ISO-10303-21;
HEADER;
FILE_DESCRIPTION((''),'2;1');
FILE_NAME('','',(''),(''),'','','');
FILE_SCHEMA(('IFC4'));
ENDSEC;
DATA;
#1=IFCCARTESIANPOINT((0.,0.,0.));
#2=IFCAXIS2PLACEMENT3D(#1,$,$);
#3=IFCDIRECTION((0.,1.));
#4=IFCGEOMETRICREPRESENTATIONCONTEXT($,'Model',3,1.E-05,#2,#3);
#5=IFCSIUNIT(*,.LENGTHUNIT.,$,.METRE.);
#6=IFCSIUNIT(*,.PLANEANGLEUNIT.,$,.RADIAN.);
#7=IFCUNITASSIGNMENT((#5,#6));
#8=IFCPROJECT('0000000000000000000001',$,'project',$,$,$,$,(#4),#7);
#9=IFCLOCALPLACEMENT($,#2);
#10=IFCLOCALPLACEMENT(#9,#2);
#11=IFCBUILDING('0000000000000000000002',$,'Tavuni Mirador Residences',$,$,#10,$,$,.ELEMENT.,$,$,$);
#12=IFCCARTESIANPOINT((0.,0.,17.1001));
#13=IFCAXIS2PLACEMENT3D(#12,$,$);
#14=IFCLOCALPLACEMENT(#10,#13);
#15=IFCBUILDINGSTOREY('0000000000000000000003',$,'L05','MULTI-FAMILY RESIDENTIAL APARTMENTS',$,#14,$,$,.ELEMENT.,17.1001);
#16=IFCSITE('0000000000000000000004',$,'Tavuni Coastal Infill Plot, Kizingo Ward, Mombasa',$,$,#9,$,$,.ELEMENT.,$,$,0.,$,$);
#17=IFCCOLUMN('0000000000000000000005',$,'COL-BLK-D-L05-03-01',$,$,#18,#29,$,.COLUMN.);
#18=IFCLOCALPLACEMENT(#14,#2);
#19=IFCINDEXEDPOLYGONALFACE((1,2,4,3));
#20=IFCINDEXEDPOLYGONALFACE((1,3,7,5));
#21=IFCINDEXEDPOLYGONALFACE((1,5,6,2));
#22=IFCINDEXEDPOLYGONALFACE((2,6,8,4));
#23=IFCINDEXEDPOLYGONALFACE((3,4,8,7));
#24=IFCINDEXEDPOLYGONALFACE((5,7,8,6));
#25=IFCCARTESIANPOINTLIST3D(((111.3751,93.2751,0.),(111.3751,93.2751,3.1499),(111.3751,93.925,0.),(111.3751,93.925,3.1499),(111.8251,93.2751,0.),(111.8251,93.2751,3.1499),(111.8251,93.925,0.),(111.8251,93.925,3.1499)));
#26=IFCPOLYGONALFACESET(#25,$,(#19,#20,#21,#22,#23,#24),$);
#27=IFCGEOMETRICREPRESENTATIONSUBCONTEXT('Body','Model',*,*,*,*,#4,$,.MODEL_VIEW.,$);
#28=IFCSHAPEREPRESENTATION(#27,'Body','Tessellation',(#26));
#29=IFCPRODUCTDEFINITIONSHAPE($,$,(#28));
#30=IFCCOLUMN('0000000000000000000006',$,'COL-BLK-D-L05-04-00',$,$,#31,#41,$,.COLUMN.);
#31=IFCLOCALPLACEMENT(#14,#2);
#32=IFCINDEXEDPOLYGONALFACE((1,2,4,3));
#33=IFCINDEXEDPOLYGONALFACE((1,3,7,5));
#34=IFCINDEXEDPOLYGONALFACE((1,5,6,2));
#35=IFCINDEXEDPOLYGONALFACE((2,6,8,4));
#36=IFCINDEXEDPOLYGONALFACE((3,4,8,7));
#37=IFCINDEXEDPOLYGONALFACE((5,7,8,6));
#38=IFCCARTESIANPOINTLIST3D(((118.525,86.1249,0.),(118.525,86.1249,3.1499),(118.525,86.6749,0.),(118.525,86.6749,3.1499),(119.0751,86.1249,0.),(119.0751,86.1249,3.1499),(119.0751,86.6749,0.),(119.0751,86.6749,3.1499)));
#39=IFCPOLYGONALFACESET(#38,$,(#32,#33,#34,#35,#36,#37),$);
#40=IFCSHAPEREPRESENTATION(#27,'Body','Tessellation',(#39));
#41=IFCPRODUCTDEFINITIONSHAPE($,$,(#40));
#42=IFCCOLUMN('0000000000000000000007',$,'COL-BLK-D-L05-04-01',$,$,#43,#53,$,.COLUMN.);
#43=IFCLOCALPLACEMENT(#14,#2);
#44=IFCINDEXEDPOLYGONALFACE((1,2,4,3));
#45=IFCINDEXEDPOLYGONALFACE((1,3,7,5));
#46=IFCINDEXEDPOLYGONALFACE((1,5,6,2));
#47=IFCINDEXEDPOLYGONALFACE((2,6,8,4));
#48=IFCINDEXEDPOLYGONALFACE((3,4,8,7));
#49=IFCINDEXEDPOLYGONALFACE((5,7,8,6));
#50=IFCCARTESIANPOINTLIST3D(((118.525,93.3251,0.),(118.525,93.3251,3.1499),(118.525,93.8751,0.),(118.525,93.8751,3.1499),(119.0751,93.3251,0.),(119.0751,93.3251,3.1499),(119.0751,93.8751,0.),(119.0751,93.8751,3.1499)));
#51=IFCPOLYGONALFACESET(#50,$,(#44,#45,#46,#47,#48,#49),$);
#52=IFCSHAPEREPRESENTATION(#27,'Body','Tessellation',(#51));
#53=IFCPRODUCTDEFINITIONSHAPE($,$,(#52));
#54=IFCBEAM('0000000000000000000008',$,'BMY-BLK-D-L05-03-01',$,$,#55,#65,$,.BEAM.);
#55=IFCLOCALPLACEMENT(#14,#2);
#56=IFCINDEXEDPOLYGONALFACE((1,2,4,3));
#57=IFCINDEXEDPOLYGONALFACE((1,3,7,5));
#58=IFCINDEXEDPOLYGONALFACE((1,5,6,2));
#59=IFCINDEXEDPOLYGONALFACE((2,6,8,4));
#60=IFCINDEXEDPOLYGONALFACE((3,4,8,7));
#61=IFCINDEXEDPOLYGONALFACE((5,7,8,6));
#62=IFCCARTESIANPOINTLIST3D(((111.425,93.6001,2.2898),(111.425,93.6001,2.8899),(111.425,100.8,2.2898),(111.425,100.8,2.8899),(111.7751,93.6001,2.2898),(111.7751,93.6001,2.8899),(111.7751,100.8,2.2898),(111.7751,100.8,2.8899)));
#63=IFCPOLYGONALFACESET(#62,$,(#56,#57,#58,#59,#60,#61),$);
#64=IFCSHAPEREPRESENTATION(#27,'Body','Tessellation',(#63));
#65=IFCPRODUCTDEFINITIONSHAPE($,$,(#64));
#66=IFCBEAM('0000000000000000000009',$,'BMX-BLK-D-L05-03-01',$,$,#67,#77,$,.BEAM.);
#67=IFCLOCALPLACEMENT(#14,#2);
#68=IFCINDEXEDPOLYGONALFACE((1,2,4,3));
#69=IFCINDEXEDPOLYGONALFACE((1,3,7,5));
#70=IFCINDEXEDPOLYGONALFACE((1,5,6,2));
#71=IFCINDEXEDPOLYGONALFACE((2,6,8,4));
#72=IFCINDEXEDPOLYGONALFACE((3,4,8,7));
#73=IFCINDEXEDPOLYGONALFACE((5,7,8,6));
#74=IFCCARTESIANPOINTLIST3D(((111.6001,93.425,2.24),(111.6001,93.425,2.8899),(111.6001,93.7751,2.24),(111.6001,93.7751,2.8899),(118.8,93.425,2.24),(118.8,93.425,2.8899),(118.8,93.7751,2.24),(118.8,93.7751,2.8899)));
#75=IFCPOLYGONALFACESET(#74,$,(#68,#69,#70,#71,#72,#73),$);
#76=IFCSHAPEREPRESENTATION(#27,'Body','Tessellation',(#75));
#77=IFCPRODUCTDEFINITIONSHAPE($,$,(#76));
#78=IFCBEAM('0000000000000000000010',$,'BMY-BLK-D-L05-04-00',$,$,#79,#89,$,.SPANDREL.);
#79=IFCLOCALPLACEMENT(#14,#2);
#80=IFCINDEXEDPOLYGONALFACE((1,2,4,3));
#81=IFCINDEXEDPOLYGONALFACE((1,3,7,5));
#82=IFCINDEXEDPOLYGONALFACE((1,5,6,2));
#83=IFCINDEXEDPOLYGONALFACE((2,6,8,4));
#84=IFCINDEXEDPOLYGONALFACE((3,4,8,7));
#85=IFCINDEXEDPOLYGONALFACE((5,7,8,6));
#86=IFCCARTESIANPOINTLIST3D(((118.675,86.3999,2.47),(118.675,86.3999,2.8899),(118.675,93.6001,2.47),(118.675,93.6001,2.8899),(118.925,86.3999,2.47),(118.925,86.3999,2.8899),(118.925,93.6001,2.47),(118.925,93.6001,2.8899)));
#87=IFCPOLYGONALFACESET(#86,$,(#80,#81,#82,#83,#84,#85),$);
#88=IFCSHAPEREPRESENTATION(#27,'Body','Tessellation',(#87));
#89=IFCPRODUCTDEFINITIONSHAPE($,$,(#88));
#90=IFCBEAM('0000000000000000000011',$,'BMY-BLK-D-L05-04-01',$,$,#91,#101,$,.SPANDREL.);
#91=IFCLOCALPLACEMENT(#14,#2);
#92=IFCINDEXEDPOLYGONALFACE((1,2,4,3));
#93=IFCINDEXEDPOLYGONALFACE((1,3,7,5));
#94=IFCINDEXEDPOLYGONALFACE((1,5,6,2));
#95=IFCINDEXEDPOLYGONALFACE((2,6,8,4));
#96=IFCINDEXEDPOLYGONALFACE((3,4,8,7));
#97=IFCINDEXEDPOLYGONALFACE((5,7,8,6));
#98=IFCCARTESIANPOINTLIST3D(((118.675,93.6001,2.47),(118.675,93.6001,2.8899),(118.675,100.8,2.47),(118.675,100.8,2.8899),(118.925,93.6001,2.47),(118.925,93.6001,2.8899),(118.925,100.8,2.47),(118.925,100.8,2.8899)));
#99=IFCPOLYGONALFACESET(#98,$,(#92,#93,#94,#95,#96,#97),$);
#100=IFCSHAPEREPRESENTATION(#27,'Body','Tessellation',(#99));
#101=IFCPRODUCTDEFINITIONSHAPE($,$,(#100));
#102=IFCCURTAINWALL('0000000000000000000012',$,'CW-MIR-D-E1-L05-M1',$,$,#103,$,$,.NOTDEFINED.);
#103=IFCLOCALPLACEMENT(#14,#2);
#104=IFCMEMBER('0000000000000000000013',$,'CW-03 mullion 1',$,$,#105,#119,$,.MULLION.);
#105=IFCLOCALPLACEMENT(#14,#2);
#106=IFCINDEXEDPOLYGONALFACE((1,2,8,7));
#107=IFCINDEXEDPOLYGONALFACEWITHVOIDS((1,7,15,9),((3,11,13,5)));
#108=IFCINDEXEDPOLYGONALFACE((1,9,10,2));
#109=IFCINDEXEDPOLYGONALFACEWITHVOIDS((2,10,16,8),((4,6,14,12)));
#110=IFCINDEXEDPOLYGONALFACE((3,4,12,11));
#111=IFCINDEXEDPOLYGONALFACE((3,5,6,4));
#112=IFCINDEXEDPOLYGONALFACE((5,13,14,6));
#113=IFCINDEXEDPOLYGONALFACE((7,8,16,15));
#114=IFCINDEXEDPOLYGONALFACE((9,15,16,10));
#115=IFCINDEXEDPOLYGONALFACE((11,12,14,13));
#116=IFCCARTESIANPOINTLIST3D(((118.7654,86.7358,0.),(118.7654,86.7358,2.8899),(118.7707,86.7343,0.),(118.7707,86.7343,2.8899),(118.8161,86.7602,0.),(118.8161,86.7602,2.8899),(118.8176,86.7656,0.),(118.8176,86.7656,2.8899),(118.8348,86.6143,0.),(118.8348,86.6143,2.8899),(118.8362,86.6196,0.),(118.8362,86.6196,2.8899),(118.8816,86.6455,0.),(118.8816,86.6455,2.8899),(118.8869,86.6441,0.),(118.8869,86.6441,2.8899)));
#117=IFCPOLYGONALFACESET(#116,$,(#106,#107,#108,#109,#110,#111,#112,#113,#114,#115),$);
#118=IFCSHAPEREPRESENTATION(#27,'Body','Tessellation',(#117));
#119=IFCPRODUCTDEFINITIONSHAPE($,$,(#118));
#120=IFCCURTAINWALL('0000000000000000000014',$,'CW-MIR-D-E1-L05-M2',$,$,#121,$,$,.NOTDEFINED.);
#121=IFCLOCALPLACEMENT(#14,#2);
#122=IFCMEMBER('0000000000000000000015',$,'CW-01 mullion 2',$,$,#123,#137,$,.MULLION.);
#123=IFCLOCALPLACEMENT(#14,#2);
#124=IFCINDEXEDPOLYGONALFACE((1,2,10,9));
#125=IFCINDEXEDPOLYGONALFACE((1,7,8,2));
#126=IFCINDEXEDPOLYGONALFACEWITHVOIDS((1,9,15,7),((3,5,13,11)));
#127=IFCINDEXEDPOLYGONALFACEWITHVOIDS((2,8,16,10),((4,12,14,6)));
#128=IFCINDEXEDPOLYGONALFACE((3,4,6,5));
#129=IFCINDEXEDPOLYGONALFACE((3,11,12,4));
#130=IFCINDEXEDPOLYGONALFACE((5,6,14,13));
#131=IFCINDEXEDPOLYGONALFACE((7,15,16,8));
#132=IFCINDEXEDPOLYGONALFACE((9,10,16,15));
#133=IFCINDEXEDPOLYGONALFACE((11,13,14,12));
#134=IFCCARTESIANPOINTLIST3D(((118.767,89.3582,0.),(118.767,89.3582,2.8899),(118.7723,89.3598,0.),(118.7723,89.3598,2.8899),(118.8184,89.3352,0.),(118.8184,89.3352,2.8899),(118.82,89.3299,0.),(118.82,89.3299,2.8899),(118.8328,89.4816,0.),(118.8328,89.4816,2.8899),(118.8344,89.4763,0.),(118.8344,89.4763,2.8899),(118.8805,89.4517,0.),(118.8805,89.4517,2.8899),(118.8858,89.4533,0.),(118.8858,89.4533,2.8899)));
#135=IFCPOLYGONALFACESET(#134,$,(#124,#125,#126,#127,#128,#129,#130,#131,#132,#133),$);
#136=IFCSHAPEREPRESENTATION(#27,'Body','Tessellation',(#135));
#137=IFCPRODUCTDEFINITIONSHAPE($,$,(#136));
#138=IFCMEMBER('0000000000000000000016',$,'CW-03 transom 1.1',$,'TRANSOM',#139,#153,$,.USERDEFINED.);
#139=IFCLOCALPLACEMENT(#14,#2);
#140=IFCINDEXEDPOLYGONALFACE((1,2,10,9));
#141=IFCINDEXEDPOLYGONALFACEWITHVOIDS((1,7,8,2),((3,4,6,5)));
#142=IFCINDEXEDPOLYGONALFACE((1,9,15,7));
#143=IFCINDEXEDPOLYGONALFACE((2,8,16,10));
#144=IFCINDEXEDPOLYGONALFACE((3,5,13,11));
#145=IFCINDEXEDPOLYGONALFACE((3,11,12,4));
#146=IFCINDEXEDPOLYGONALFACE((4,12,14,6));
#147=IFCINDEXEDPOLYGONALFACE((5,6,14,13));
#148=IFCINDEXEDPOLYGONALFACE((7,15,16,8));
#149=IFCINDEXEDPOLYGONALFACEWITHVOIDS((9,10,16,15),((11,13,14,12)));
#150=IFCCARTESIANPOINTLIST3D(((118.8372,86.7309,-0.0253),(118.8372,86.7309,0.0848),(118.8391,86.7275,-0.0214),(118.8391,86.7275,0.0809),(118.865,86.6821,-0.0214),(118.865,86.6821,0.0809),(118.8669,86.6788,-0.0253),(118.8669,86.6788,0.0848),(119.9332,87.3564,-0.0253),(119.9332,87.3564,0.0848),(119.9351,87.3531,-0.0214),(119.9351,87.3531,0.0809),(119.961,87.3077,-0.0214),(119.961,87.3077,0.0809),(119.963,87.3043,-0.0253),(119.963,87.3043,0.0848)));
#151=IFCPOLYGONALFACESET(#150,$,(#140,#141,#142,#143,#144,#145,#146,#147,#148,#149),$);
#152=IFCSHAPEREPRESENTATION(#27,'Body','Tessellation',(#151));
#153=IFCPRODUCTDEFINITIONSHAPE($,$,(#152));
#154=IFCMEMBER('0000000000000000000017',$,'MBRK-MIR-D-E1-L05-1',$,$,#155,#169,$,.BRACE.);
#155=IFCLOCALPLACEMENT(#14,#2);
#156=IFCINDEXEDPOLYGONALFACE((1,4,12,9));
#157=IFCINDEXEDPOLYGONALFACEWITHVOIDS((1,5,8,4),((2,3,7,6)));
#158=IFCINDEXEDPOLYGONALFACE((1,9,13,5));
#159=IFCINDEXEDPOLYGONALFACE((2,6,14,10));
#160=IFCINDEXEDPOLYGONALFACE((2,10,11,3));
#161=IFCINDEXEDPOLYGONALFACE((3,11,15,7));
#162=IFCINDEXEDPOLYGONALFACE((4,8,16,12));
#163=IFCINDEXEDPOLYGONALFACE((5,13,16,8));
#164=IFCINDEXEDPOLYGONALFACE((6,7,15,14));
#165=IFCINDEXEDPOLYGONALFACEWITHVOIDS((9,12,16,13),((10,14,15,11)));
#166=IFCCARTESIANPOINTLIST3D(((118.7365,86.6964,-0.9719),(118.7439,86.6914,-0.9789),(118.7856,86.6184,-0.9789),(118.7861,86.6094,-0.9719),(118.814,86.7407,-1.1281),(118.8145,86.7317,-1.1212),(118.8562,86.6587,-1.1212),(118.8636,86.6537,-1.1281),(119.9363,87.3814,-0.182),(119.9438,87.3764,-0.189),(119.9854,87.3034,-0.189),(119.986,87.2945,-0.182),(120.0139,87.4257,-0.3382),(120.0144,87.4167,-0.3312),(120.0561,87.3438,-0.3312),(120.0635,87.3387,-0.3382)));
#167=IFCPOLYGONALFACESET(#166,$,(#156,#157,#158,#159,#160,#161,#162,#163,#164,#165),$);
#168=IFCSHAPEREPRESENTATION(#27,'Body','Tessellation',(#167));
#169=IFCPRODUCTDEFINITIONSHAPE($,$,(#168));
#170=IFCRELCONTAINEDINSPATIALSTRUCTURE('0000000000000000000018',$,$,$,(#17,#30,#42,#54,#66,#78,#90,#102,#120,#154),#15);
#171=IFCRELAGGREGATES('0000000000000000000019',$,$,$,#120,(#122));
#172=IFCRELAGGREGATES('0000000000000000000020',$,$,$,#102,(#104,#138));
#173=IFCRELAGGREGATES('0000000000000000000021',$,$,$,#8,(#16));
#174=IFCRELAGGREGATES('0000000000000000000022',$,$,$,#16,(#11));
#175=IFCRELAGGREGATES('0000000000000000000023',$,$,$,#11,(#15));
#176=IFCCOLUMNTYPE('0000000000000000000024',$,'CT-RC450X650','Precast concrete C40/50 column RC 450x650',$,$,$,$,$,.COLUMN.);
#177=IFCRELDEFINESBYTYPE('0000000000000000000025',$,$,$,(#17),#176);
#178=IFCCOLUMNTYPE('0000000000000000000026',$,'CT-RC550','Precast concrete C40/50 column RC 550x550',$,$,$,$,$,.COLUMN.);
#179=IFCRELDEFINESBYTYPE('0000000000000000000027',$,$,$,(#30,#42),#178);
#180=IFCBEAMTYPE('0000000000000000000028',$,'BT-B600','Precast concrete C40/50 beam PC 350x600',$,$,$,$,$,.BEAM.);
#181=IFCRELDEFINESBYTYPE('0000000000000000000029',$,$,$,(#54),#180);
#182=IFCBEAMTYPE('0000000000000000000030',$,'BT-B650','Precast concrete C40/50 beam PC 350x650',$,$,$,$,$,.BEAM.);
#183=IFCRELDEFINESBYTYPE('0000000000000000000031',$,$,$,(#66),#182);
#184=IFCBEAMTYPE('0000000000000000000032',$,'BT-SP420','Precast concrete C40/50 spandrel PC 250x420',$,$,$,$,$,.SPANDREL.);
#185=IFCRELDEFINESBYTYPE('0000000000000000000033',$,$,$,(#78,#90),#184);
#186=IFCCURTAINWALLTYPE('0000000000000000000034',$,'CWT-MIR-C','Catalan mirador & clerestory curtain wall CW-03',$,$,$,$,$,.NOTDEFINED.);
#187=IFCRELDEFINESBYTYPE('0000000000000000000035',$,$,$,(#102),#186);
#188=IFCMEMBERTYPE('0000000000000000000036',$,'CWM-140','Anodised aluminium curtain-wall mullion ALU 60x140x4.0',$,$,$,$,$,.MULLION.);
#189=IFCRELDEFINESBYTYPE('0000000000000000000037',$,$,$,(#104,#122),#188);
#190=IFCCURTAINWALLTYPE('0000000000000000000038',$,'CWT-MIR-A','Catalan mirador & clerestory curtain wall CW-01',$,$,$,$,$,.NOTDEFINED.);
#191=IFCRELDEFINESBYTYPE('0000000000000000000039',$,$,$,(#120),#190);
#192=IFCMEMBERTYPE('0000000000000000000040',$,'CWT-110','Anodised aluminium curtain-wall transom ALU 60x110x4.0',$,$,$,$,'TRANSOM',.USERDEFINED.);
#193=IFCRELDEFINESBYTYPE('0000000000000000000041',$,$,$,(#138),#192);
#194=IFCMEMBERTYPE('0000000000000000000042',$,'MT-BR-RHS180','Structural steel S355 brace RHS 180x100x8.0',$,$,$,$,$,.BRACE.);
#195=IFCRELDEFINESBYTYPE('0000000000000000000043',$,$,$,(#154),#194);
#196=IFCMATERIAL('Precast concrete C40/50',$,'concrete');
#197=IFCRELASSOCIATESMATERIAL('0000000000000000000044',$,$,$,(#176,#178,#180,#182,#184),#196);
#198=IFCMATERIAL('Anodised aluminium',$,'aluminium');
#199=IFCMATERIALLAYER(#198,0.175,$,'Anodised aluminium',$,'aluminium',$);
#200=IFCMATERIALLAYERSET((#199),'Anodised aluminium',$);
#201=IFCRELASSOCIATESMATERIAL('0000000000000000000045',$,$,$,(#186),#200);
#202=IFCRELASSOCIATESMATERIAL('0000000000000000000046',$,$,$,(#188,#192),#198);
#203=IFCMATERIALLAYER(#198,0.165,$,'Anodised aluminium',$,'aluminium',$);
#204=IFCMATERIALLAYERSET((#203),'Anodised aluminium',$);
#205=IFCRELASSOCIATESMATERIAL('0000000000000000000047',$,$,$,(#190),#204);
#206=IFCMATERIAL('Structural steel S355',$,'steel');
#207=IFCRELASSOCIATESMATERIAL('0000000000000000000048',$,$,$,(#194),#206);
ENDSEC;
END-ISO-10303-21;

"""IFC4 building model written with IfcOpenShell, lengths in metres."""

from ifc_helpers import new_model, si_unit, direction, frame, origin, origin_2d, place, context, subcontext, project, spatial, rectangle, hollow_rectangle, extrude, material, layer, layer_set, material_profile, profile_set, type_object, element, aggregate, save


model = new_model("IFC4")

# Units and contexts
model_context = context("Model", 3, precision=1e-05, world=origin(), true_north=direction((0.0, 1.0)))
body_context = subcontext(model_context, "Body", "Model", "MODEL_VIEW")
ifc_project = project(units=[si_unit("LENGTHUNIT", "METRE"), si_unit("PLANEANGLEUNIT", "RADIAN")], contexts=[model_context])

# Site, building, storey
site_placement = place(None, origin())
site = spatial("IfcSite", under=ifc_project, at=site_placement, Name="Tavuni Coastal Infill Plot, Kizingo Ward, Mombasa", CompositionType="ELEMENT", RefElevation=0.0)
building_placement = place(site_placement, origin())
building = spatial("IfcBuilding", under=site, at=building_placement, Name="Tavuni Mirador Residences", CompositionType="ELEMENT")
storey_placement = place(building_placement, frame((0.0, 0.0, 17.1001)))
storey = spatial("IfcBuildingStorey", under=building, at=storey_placement, Name="L05", Description="MULTI-FAMILY RESIDENTIAL APARTMENTS", CompositionType="ELEMENT", Elevation=17.1001)

# Columns
ifc_material_1 = material(Name="Precast concrete C40/50", Category="concrete")
ifc_material_profile_1 = material_profile(ifc_material_1, rectangle(XDim=0.45, YDim=0.6499, at=origin_2d()), Name="RC 450x650", Category="concrete")
ifc_profile_set_1 = profile_set([ifc_material_profile_1], Name="Precast concrete C40/50")
column_type_1 = type_object("IfcColumnType", Name="CT-RC450X650", Description="Precast concrete C40/50 column RC 450x650", PredefinedType="COLUMN", material=ifc_profile_set_1)
column_placement = place(storey_placement, frame((111.6001, 93.6001, 0.0), z_axis=(0.0, 0.0, 1.0), x_axis=(1.0, 0.0, 0.0)))
element("IfcColumn", 1, at=column_placement, inside=storey, type_object=column_type_1, Name="COL-BLK-D-L05-03-01", PredefinedType="COLUMN", context=body_context, shape_type="SweptSolid", body=[
    extrude(rectangle(XDim=0.45, YDim=0.6499, at=origin_2d()), origin(), (0.0, 0.0, 1.0), 3.1499),
])
ifc_material_profile_2 = material_profile(ifc_material_1, rectangle(XDim=0.55, YDim=0.55, at=origin_2d()), Name="RC 550x550", Category="concrete")
ifc_profile_set_2 = profile_set([ifc_material_profile_2], Name="Precast concrete C40/50")
column_type_2 = type_object("IfcColumnType", Name="CT-RC550", Description="Precast concrete C40/50 column RC 550x550", PredefinedType="COLUMN", material=ifc_profile_set_2)
for number, where, z_axis, x_axis, name in (
    (2, (118.8, 86.3999, 0.0), (0.0, 0.0, 1.0), (1.0, 0.0, 0.0), "COL-BLK-D-L05-04-00"),
    (3, (118.8, 93.6001, 0.0), (0.0, 0.0, 1.0), (1.0, 0.0, 0.0), "COL-BLK-D-L05-04-01"),
):
    element("IfcColumn", number, at=place(storey_placement, frame(where, z_axis=z_axis, x_axis=x_axis)), inside=storey, type_object=column_type_2, Name=name, PredefinedType="COLUMN", context=body_context, shape_type="SweptSolid", body=[
        extrude(rectangle(XDim=0.55, YDim=0.55, at=origin_2d()), origin(), (0.0, 0.0, 1.0), 3.1499),
    ])

# Beams
ifc_material_profile_3 = material_profile(ifc_material_1, rectangle(XDim=0.3501, YDim=0.6001, at=origin_2d()), Name="PC 350x600", Category="concrete")
ifc_profile_set_3 = profile_set([ifc_material_profile_3], Name="Precast concrete C40/50")
beam_type_1 = type_object("IfcBeamType", Name="BT-B600", Description="Precast concrete C40/50 beam PC 350x600", PredefinedType="BEAM", material=ifc_profile_set_3)
beam_1_placement = place(storey_placement, frame((111.6001, 93.6001, 2.5898), z_axis=(0.0, 1.0, 0.0), x_axis=(-1.0, 0.0, 0.0)))
element("IfcBeam", 4, at=beam_1_placement, inside=storey, type_object=beam_type_1, Name="BMY-BLK-D-L05-03-01", PredefinedType="BEAM", context=body_context, shape_type="SweptSolid", body=[
    extrude(rectangle(XDim=0.3501, YDim=0.6001, at=origin_2d()), origin(), (0.0, 0.0, 1.0), 7.2),
])
ifc_material_profile_4 = material_profile(ifc_material_1, rectangle(XDim=0.3501, YDim=0.6499, at=origin_2d()), Name="PC 350x650", Category="concrete")
ifc_profile_set_4 = profile_set([ifc_material_profile_4], Name="Precast concrete C40/50")
beam_type_2 = type_object("IfcBeamType", Name="BT-B650", Description="Precast concrete C40/50 beam PC 350x650", PredefinedType="BEAM", material=ifc_profile_set_4)
beam_2_placement = place(storey_placement, frame((111.6001, 93.6001, 2.5649), z_axis=(1.0, 0.0, 0.0), x_axis=(0.0, 1.0, 0.0)))
element("IfcBeam", 5, at=beam_2_placement, inside=storey, type_object=beam_type_2, Name="BMX-BLK-D-L05-03-01", PredefinedType="BEAM", context=body_context, shape_type="SweptSolid", body=[
    extrude(rectangle(XDim=0.3501, YDim=0.6499, at=origin_2d()), origin(), (0.0, 0.0, 1.0), 7.2),
])
ifc_material_profile_5 = material_profile(ifc_material_1, rectangle(XDim=0.25, YDim=0.4199, at=origin_2d()), Name="PC 250x420", Category="concrete")
ifc_profile_set_5 = profile_set([ifc_material_profile_5], Name="Precast concrete C40/50")
beam_type_3 = type_object("IfcBeamType", Name="BT-SP420", Description="Precast concrete C40/50 spandrel PC 250x420", PredefinedType="SPANDREL", material=ifc_profile_set_5)
beam_3_placement = place(storey_placement, frame((118.8, 86.3999, 2.6799), z_axis=(0.0, 1.0, 0.0), x_axis=(-1.0, 0.0, 0.0)))
element("IfcBeam", 6, at=beam_3_placement, inside=storey, type_object=beam_type_3, Name="BMY-BLK-D-L05-04-00", PredefinedType="SPANDREL", context=body_context, shape_type="SweptSolid", body=[
    extrude(rectangle(XDim=0.25, YDim=0.4199, at=origin_2d()), origin(), (0.0, 0.0, 1.0), 7.2002),
])
beam_4_placement = place(storey_placement, frame((118.8, 93.6001, 2.6799), z_axis=(0.0, 1.0, 0.0), x_axis=(-1.0, 0.0, 0.0)))
element("IfcBeam", 7, at=beam_4_placement, inside=storey, type_object=beam_type_3, Name="BMY-BLK-D-L05-04-01", PredefinedType="SPANDREL", context=body_context, shape_type="SweptSolid", body=[
    extrude(rectangle(XDim=0.25, YDim=0.4199, at=origin_2d()), origin(), (0.0, 0.0, 1.0), 7.2),
])

# Curtain walls, members
ifc_material_2 = material(Name="Anodised aluminium", Category="aluminium")
ifc_layer_1 = layer(ifc_material_2, 0.175, Name="Anodised aluminium", Category="aluminium")
ifc_layer_set_1 = layer_set([ifc_layer_1], Name="Anodised aluminium")
curtain_wall_type_1 = type_object("IfcCurtainWallType", Name="CWT-MIR-C", Description="Catalan mirador & clerestory curtain wall CW-03", PredefinedType="NOTDEFINED", material=ifc_layer_set_1)
curtain_wall_1_placement = place(storey_placement, origin())
curtain_wall_1 = element("IfcCurtainWall", 8, at=curtain_wall_1_placement, inside=storey, type_object=curtain_wall_type_1, Name="CW-MIR-D-E1-L05-M1", PredefinedType="NOTDEFINED")
ifc_material_profile_6 = material_profile(ifc_material_2, hollow_rectangle(XDim=0.0601, YDim=0.1399, WallThickness=0.0039, at=origin_2d()), Name="ALU 60x140x4.0", Category="aluminium")
ifc_profile_set_6 = profile_set([ifc_material_profile_6], Name="Anodised aluminium")
member_type_1 = type_object("IfcMemberType", Name="CWM-140", Description="Anodised aluminium curtain-wall mullion ALU 60x140x4.0", PredefinedType="MULLION", material=ifc_profile_set_6)
member_1_placement = place(storey_placement, frame((118.8262, 86.6899, 0.0), z_axis=(0.0, 0.0, 1.0), x_axis=(0.868466, 0.495749, 0.0)))
member_1 = element("IfcMember", 9, at=member_1_placement, type_object=member_type_1, Name="CW-03 mullion 1", PredefinedType="MULLION", context=body_context, shape_type="SweptSolid", body=[
    extrude(hollow_rectangle(XDim=0.0601, YDim=0.1399, WallThickness=0.0039, at=origin_2d()), origin(), (0.0, 0.0, 1.0), 2.8899),
])
ifc_layer_2 = layer(ifc_material_2, 0.165, Name="Anodised aluminium", Category="aluminium")
ifc_layer_set_2 = layer_set([ifc_layer_2], Name="Anodised aluminium")
curtain_wall_type_2 = type_object("IfcCurtainWallType", Name="CWT-MIR-A", Description="Catalan mirador & clerestory curtain wall CW-01", PredefinedType="NOTDEFINED", material=ifc_layer_set_2)
curtain_wall_2_placement = place(storey_placement, origin())
curtain_wall_2 = element("IfcCurtainWall", 10, at=curtain_wall_2_placement, inside=storey, type_object=curtain_wall_type_2, Name="CW-MIR-D-E1-L05-M2", PredefinedType="NOTDEFINED")
member_2_placement = place(storey_placement, frame((118.8264, 89.4058, 0.0), z_axis=(0.0, 0.0, 1.0), x_axis=(-0.882353, 0.470588, 0.0)))
member_2 = element("IfcMember", 11, at=member_2_placement, type_object=member_type_1, Name="CW-01 mullion 2", PredefinedType="MULLION", context=body_context, shape_type="SweptSolid", body=[
    extrude(hollow_rectangle(XDim=0.0601, YDim=0.1399, WallThickness=0.0039, at=origin_2d()), origin(), (0.0, 0.0, 1.0), 2.8899),
])
aggregate(curtain_wall_2, [member_2])

# Member
ifc_material_profile_7 = material_profile(ifc_material_2, hollow_rectangle(XDim=0.0601, YDim=0.1101, WallThickness=0.0039, at=origin_2d()), Name="ALU 60x110x4.0", Category="aluminium")
ifc_profile_set_7 = profile_set([ifc_material_profile_7], Name="Anodised aluminium")
member_type_2 = type_object("IfcMemberType", Name="CWT-110", Description="Anodised aluminium curtain-wall transom ALU 60x110x4.0", ElementType="TRANSOM", PredefinedType="USERDEFINED", material=ifc_profile_set_7)
member_3_placement = place(storey_placement, frame((118.8521, 86.7048, 0.0298), z_axis=(0.868505, 0.49568, 0.0), x_axis=(-0.49568, 0.868505, 0.0)))
member_3 = element("IfcMember", 12, at=member_3_placement, type_object=member_type_2, Name="CW-03 transom 1.1", ObjectType="TRANSOM", PredefinedType="USERDEFINED", context=body_context, shape_type="SweptSolid", body=[
    extrude(hollow_rectangle(XDim=0.0601, YDim=0.1101, WallThickness=0.0039, at=origin_2d()), origin(), (0.0, 0.0, 1.0), 1.262),
])
aggregate(curtain_wall_1, [member_1, member_3])

# Member
ifc_material_3 = material(Name="Structural steel S355", Category="steel")
ifc_material_profile_8 = material_profile(ifc_material_3, hollow_rectangle(XDim=0.1001, YDim=0.1799, WallThickness=0.0081, at=origin_2d()), Name="RHS 180x100x8.0", Category="steel")
ifc_profile_set_8 = profile_set([ifc_material_profile_8], Name="Structural steel S355")
member_type_3 = type_object("IfcMemberType", Name="MT-BR-RHS180", Description="Structural steel S355 brace RHS 180x100x8.0", PredefinedType="BRACE", material=ifc_profile_set_8)
member_4_placement = place(storey_placement, frame((118.8, 86.675, -1.05), z_axis=(0.753904, 0.430408, 0.496365), x_axis=(-0.495796, 0.868439, 0.0)))
element("IfcMember", 13, at=member_4_placement, inside=storey, type_object=member_type_3, Name="MBRK-MIR-D-E1-L05-1", PredefinedType="BRACE", context=body_context, shape_type="SweptSolid", body=[
    extrude(hollow_rectangle(XDim=0.1001, YDim=0.1799, WallThickness=0.0081, at=origin_2d()), origin(), (0.0, 0.0, 1.0), 1.5916),
])

save(model, "model.ifc")
